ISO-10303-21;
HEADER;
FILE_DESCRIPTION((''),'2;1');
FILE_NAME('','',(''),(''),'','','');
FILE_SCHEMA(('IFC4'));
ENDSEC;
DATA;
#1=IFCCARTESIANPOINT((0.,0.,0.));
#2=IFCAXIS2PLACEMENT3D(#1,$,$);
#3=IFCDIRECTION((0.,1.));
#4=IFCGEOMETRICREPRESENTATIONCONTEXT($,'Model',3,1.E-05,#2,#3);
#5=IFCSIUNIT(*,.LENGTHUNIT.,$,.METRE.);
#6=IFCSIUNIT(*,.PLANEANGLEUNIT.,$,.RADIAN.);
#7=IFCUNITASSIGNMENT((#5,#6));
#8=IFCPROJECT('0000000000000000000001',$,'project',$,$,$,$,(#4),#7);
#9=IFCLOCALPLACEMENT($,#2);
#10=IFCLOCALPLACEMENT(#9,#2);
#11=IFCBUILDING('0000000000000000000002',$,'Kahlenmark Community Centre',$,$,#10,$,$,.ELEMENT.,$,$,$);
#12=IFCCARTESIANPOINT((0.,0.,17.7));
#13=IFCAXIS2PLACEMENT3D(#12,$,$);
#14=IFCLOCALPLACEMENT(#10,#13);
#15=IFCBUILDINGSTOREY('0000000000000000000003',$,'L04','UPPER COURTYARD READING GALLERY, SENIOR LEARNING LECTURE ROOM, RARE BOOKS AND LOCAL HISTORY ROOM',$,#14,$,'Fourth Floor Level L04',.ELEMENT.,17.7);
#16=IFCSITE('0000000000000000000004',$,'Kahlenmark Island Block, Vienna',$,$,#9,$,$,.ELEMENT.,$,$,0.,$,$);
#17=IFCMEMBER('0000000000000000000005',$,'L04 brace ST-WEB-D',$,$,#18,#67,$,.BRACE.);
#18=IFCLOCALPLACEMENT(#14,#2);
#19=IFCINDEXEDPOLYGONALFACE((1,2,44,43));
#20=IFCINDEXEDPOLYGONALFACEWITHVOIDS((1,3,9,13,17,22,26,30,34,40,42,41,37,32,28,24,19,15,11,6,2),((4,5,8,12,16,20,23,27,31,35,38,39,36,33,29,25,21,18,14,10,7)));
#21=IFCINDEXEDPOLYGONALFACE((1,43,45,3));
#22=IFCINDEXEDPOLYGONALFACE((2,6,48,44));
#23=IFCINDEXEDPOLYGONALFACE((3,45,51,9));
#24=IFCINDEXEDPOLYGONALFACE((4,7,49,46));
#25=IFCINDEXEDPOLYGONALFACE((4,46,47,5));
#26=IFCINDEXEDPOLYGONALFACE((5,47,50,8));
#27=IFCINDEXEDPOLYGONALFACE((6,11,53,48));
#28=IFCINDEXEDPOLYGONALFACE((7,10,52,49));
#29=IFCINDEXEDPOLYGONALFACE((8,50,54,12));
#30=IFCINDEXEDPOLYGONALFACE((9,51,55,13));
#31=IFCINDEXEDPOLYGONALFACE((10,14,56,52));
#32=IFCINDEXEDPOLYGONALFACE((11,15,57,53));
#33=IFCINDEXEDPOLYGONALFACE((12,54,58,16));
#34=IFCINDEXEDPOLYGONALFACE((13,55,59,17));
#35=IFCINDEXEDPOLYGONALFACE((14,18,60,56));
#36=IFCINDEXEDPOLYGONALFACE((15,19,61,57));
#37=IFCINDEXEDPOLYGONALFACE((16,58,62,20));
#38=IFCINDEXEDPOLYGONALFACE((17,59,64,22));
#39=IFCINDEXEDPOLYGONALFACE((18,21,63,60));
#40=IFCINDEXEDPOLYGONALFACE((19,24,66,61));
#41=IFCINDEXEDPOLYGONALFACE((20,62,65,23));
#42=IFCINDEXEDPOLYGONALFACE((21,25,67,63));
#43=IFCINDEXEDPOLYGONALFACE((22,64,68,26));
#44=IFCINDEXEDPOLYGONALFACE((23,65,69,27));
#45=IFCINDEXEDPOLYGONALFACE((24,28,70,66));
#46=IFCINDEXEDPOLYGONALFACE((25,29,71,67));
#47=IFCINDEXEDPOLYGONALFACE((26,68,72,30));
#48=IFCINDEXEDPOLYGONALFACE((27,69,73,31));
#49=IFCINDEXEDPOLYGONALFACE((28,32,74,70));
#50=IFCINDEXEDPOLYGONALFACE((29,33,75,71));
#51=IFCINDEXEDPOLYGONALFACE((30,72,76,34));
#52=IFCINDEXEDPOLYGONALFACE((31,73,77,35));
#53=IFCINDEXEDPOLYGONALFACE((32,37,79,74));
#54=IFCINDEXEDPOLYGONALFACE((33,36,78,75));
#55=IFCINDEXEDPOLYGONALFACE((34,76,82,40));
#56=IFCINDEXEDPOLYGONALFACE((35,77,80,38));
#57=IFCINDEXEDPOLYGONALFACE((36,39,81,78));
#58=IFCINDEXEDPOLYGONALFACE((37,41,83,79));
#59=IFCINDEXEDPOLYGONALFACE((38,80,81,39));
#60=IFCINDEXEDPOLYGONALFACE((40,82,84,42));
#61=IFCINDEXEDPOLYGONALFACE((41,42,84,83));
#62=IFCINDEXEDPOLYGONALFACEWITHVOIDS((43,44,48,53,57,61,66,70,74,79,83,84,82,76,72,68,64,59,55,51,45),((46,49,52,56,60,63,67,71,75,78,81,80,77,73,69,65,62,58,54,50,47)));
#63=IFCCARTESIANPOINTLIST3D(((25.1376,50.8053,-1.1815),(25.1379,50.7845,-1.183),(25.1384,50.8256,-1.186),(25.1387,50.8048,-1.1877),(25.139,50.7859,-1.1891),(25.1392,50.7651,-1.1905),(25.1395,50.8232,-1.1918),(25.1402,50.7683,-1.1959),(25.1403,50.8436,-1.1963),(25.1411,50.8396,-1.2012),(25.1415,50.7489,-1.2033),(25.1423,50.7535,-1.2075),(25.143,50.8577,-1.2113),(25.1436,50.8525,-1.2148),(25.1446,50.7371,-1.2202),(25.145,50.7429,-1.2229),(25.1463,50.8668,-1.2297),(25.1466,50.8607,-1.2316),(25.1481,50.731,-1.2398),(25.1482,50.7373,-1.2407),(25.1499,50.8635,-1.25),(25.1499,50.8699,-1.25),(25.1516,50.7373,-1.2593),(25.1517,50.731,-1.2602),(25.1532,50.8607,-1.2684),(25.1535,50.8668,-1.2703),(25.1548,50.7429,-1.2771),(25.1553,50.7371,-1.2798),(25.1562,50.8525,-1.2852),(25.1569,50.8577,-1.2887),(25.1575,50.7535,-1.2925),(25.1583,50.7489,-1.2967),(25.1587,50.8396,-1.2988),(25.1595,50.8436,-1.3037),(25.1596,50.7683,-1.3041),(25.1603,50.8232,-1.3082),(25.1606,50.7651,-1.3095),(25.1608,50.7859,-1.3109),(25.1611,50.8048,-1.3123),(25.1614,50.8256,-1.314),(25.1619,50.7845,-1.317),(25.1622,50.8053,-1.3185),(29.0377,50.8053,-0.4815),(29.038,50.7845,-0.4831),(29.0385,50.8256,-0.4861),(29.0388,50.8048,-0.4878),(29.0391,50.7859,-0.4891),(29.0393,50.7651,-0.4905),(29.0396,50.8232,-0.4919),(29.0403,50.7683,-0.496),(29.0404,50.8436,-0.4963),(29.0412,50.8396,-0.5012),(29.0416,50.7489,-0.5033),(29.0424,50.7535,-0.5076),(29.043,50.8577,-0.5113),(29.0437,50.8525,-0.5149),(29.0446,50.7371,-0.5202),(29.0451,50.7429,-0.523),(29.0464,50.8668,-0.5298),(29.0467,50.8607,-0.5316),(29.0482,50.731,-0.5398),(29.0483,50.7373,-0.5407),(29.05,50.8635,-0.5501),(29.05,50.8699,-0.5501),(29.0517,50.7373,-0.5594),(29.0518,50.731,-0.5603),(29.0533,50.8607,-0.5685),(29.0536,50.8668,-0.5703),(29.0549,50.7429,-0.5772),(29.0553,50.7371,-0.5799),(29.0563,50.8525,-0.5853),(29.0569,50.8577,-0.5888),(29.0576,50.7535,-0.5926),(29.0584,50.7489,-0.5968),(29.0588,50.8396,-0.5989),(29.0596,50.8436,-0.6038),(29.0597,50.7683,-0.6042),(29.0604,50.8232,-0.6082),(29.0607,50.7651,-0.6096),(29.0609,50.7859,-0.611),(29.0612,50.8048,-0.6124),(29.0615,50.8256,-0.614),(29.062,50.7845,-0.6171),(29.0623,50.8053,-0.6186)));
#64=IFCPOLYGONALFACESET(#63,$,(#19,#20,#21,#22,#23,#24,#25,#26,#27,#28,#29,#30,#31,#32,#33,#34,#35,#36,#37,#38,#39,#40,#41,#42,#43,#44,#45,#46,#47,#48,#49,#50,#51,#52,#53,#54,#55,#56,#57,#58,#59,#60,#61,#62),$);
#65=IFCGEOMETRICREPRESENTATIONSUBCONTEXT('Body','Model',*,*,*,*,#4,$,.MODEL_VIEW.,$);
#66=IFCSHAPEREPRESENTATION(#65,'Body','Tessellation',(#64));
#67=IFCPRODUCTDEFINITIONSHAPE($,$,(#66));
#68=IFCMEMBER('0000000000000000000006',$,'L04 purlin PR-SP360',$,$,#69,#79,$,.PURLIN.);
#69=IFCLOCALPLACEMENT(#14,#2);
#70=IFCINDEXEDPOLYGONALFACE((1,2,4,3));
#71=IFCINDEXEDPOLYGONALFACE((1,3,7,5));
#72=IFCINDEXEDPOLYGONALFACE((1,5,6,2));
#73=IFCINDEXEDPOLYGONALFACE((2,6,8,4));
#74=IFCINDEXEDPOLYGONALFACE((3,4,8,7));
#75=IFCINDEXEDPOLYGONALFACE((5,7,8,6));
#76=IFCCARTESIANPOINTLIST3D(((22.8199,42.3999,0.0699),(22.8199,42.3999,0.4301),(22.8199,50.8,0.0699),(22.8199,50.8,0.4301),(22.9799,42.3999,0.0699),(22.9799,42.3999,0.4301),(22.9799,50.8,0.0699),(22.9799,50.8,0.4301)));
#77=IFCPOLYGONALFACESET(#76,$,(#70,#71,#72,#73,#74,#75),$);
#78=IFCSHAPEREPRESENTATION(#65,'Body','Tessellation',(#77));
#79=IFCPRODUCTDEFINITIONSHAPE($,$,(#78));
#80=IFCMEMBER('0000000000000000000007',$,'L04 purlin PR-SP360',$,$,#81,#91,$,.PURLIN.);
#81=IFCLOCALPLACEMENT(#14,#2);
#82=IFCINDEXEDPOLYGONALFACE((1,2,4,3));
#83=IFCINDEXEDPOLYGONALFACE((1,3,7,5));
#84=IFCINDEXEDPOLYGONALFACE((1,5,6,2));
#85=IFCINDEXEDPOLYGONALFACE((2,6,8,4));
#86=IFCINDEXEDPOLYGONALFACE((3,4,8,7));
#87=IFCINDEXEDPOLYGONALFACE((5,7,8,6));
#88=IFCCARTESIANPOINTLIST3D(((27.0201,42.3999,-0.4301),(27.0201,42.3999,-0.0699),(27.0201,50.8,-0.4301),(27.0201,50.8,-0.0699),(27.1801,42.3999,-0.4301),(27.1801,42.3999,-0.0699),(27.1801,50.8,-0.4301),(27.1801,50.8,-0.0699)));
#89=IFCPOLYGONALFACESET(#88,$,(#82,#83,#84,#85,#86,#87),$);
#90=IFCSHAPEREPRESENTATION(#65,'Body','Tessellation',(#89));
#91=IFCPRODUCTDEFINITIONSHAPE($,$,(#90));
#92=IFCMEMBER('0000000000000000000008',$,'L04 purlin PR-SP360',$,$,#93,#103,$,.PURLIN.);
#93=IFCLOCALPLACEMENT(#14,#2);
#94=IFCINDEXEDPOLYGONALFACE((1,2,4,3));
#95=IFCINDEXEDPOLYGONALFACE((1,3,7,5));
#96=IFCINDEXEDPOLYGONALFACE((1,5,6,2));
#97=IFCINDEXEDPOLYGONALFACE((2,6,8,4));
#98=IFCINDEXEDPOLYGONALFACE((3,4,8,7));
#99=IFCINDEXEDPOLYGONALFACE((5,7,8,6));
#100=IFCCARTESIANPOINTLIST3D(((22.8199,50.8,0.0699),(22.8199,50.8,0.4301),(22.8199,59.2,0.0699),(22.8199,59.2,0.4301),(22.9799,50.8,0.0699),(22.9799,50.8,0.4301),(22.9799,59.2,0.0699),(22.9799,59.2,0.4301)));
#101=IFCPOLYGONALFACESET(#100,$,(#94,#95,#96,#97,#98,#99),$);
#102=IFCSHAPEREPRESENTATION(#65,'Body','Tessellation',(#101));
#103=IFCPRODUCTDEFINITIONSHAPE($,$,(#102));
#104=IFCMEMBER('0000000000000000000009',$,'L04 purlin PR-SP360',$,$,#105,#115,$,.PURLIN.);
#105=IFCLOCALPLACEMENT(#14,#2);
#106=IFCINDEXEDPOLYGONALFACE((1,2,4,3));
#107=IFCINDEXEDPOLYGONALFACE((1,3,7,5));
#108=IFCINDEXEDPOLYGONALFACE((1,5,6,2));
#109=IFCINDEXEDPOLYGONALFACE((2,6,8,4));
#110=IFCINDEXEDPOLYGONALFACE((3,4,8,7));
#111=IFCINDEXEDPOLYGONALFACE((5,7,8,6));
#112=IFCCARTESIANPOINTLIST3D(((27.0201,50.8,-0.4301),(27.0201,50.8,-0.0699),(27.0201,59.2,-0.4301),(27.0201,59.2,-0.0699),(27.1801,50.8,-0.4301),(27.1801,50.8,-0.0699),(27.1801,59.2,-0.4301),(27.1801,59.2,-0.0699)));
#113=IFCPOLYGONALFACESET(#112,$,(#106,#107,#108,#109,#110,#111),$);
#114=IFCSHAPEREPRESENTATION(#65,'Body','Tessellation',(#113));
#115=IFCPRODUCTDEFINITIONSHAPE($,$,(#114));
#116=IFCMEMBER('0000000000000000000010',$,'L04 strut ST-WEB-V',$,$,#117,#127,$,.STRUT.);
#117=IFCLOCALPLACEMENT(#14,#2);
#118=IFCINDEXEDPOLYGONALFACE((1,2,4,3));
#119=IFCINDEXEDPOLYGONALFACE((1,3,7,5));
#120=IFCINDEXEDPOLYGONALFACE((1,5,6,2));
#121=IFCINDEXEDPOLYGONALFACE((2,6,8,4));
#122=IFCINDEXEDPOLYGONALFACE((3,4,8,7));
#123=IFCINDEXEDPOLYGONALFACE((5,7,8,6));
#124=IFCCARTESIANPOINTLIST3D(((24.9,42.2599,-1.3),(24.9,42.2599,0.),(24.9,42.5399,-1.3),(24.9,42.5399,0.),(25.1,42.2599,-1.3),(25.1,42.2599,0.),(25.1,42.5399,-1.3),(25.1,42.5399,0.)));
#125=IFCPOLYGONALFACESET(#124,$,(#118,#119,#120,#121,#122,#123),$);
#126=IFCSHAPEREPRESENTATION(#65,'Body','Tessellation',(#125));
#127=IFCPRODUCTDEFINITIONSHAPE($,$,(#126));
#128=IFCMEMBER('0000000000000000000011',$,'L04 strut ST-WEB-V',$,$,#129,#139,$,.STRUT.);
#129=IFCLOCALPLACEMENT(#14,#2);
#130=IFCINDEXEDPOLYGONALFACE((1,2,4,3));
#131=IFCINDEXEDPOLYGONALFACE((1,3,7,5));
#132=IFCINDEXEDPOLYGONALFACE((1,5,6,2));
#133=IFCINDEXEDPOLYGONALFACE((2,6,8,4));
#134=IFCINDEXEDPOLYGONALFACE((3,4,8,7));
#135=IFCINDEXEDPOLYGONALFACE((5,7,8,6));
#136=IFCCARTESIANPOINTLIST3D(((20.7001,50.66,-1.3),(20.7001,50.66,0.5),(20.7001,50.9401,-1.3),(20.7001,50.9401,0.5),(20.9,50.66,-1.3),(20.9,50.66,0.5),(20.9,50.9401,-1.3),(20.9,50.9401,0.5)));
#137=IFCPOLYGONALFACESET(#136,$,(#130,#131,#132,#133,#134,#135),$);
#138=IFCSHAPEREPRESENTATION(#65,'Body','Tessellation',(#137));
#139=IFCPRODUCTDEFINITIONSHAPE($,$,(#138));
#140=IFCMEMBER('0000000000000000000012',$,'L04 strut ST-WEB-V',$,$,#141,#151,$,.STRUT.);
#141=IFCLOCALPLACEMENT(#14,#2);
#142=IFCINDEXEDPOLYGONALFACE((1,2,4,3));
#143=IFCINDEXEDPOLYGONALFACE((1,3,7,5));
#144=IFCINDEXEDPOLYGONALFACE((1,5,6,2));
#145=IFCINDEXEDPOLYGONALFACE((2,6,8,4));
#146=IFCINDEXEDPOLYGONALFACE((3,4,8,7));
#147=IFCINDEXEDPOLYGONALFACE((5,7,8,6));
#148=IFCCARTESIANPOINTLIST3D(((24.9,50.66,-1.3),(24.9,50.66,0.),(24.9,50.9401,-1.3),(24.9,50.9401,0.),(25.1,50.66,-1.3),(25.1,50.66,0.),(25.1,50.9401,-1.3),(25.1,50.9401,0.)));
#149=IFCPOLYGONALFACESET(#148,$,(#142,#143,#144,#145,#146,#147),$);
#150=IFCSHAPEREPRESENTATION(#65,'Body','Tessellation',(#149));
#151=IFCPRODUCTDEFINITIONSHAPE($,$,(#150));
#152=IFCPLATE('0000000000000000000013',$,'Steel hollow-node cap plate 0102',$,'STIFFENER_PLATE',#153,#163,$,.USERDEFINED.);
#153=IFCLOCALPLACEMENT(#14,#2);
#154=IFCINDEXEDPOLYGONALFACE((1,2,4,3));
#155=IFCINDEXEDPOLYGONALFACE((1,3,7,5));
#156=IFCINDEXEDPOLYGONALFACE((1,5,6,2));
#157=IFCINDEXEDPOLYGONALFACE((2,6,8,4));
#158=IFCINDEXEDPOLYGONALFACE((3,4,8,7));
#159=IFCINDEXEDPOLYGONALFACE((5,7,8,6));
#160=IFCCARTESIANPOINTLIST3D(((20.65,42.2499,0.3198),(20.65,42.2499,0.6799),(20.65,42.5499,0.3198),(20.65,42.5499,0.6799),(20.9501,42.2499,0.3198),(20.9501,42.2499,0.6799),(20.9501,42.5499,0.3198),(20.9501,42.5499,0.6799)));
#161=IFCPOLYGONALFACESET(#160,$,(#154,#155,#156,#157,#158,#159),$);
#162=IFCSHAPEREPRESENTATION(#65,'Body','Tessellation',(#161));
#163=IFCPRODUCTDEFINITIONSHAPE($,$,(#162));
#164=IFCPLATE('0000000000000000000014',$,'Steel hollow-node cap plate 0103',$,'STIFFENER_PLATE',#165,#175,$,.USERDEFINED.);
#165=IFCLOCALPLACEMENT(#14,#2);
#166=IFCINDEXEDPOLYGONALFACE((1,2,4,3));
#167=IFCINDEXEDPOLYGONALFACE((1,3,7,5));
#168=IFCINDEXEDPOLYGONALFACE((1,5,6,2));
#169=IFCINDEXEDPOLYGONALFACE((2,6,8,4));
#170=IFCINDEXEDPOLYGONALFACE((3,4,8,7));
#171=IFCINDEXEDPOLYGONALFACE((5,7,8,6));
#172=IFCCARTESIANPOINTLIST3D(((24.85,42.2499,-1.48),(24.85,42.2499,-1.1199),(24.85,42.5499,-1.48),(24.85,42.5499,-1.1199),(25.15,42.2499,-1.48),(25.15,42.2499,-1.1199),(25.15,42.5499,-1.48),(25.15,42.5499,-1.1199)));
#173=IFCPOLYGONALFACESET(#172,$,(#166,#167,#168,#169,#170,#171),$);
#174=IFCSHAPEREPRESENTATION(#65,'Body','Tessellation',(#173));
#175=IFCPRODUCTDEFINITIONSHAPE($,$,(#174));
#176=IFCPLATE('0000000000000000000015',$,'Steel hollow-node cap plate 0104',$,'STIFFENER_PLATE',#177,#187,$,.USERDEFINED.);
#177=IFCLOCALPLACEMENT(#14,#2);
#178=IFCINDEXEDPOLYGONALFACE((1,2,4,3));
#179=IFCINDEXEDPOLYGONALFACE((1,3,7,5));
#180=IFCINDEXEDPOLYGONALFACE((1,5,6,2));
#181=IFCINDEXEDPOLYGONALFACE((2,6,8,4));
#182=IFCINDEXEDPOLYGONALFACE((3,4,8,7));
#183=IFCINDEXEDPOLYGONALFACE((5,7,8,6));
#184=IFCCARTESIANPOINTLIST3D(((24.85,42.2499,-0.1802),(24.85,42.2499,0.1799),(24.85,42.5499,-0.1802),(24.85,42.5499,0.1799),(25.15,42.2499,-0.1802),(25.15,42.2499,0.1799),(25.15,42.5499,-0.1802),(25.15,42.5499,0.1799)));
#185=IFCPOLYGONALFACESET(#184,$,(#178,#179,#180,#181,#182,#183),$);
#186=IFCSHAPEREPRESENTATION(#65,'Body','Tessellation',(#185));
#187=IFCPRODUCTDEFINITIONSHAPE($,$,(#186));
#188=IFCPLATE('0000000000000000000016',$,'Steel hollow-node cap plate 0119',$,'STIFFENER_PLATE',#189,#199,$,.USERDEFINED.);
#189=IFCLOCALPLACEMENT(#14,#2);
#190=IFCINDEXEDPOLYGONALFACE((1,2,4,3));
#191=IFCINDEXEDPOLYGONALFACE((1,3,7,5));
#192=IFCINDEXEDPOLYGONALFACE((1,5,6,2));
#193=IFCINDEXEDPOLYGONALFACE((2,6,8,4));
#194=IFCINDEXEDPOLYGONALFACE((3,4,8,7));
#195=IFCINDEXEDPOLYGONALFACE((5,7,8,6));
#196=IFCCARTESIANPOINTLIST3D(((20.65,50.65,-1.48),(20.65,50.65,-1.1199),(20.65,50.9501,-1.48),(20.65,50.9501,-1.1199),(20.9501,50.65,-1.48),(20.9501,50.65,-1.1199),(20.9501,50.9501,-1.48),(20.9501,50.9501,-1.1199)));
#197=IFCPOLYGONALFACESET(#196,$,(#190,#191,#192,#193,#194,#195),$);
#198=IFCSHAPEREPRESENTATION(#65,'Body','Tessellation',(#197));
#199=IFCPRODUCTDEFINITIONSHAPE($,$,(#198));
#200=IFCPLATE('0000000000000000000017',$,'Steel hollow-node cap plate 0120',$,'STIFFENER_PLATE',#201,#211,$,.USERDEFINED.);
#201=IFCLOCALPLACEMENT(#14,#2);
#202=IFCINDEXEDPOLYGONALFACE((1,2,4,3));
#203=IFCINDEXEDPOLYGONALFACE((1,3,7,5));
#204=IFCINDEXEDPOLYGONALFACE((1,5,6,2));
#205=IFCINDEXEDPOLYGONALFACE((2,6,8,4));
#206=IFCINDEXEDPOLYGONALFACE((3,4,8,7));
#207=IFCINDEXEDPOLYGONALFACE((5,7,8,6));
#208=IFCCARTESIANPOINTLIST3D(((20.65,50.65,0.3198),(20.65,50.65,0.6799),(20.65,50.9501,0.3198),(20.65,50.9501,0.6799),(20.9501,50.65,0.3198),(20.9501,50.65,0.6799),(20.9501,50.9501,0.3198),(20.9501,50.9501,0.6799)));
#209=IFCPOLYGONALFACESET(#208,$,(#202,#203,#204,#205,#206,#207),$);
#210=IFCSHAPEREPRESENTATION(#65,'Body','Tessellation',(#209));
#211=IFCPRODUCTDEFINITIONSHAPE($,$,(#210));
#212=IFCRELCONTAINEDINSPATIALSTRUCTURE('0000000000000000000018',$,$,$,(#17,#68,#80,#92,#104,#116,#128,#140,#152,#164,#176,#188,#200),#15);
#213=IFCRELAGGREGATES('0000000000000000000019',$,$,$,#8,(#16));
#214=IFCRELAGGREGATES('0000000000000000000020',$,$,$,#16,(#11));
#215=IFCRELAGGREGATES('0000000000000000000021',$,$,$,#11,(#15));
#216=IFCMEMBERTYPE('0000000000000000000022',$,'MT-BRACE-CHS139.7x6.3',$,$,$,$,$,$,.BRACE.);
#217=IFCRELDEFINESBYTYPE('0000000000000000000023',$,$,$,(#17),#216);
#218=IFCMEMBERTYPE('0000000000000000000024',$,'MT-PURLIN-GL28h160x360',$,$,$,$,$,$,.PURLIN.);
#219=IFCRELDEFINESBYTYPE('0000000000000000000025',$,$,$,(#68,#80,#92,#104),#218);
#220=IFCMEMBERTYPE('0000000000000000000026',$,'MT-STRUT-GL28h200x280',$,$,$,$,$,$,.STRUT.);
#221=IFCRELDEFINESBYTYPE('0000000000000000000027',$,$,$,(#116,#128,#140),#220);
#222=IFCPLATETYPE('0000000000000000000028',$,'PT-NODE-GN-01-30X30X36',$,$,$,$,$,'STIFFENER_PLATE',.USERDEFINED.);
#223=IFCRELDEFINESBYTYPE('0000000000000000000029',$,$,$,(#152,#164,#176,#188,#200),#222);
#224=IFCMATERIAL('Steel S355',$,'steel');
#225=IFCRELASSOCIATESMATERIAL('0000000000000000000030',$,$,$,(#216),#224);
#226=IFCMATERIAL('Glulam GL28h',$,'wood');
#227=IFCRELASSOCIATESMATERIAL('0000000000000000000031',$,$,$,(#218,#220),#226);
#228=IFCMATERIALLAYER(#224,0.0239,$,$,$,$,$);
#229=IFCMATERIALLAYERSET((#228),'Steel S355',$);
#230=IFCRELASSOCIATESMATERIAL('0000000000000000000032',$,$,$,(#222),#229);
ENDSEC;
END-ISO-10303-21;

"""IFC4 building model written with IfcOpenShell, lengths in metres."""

from ifc_helpers import new_model, si_unit, direction, frame, origin, origin_2d, place, context, subcontext, project, spatial, rectangle, hollow_circle, extrude, material, layer, layer_set, material_profile, profile_set, type_object, element, save


model = new_model("IFC4")

# Units and contexts
model_context = context("Model", 3, precision=1e-05, world=origin(), true_north=direction((0.0, 1.0)))
body_context = subcontext(model_context, "Body", "Model", "MODEL_VIEW")
ifc_project = project(units=[si_unit("LENGTHUNIT", "METRE"), si_unit("PLANEANGLEUNIT", "RADIAN")], contexts=[model_context])

# Site, building, storey
site_placement = place(None, origin())
site = spatial("IfcSite", under=ifc_project, at=site_placement, Name="Kahlenmark Island Block, Vienna", CompositionType="ELEMENT", RefElevation=0.0)
building_placement = place(site_placement, origin())
building = spatial("IfcBuilding", under=site, at=building_placement, Name="Kahlenmark Community Centre", CompositionType="ELEMENT")
storey_placement = place(building_placement, frame((0.0, 0.0, 17.7)))
storey = spatial("IfcBuildingStorey", under=building, at=storey_placement, Name="L04", Description="UPPER COURTYARD READING GALLERY, SENIOR LEARNING LECTURE ROOM, RARE BOOKS AND LOCAL HISTORY ROOM", LongName="Fourth Floor Level L04", CompositionType="ELEMENT", Elevation=17.7)

# Members
ifc_material_1 = material(Name="Steel S355", Category="steel")
ifc_material_profile_1 = material_profile(ifc_material_1, hollow_circle(Radius=0.0698, WallThickness=0.0063, at=origin_2d()), Name="CHS 139.7x6.3")
ifc_profile_set_1 = profile_set([ifc_material_profile_1], Name="Steel S355")
member_type_1 = type_object("IfcMemberType", Name="MT-BRACE-CHS139.7x6.3", PredefinedType="BRACE", material=ifc_profile_set_1)
member_1_placement = place(storey_placement, frame((25.1499, 50.8, -1.25), z_axis=(0.984275, 0.0, 0.176646), x_axis=(0.0, 1.0, 0.0)))
element("IfcMember", 1, at=member_1_placement, inside=storey, type_object=member_type_1, Name="L04 brace ST-WEB-D", PredefinedType="BRACE", context=body_context, shape_type="SweptSolid", body=[
    extrude(hollow_circle(Radius=0.0698, WallThickness=0.0063, at=origin_2d()), origin(), (0.0, 0.0, 1.0), 3.9624),
])
ifc_material_2 = material(Name="Glulam GL28h", Category="wood")
ifc_material_profile_2 = material_profile(ifc_material_2, rectangle(XDim=0.1599, YDim=0.3601, at=origin_2d()), Name="GL28h 160x360")
ifc_profile_set_2 = profile_set([ifc_material_profile_2], Name="Glulam GL28h")
member_type_2 = type_object("IfcMemberType", Name="MT-PURLIN-GL28h160x360", PredefinedType="PURLIN", material=ifc_profile_set_2)
for number, where, z_axis, x_axis, name in (
    (2, (22.8999, 42.3999, 0.25), (0.0, 1.0, 0.0), (-1.0, 0.0, 0.0), "L04 purlin PR-SP360"),
    (3, (27.1001, 42.3999, -0.25), (0.0, 1.0, 0.0), (-1.0, 0.0, 0.0), "L04 purlin PR-SP360"),
):
    element("IfcMember", number, at=place(storey_placement, frame(where, z_axis=z_axis, x_axis=x_axis)), inside=storey, type_object=member_type_2, Name=name, PredefinedType="PURLIN", context=body_context, shape_type="SweptSolid", body=[
        extrude(rectangle(XDim=0.1599, YDim=0.3601, at=origin_2d()), origin(), (0.0, 0.0, 1.0), 8.4001),
    ])
for number, where, z_axis, x_axis, name in (
    (4, (22.8999, 50.8, 0.25), (0.0, 1.0, 0.0), (-1.0, 0.0, 0.0), "L04 purlin PR-SP360"),
    (5, (27.1001, 50.8, -0.25), (0.0, 1.0, 0.0), (-1.0, 0.0, 0.0), "L04 purlin PR-SP360"),
):
    element("IfcMember", number, at=place(storey_placement, frame(where, z_axis=z_axis, x_axis=x_axis)), inside=storey, type_object=member_type_2, Name=name, PredefinedType="PURLIN", context=body_context, shape_type="SweptSolid", body=[
        extrude(rectangle(XDim=0.1599, YDim=0.3601, at=origin_2d()), origin(), (0.0, 0.0, 1.0), 8.3999),
    ])
ifc_material_profile_3 = material_profile(ifc_material_2, rectangle(XDim=0.2, YDim=0.28, at=origin_2d()), Name="GL28h 200x280")
ifc_profile_set_3 = profile_set([ifc_material_profile_3], Name="Glulam GL28h")
member_type_3 = type_object("IfcMemberType", Name="MT-STRUT-GL28h200x280", PredefinedType="STRUT", material=ifc_profile_set_3)
member_2_placement = place(storey_placement, frame((25.0, 42.3999, -1.3), z_axis=(0.0, 0.0, 1.0), x_axis=(1.0, 0.0, 0.0)))
element("IfcMember", 6, at=member_2_placement, inside=storey, type_object=member_type_3, Name="L04 strut ST-WEB-V", PredefinedType="STRUT", context=body_context, shape_type="SweptSolid", body=[
    extrude(rectangle(XDim=0.2, YDim=0.28, at=origin_2d()), origin(), (0.0, 0.0, 1.0), 1.3),
])
member_3_placement = place(storey_placement, frame((20.8, 50.8, -1.3), z_axis=(0.0, 0.0, 1.0), x_axis=(1.0, 0.0, 0.0)))
element("IfcMember", 7, at=member_3_placement, inside=storey, type_object=member_type_3, Name="L04 strut ST-WEB-V", PredefinedType="STRUT", context=body_context, shape_type="SweptSolid", body=[
    extrude(rectangle(XDim=0.2, YDim=0.28, at=origin_2d()), origin(), (0.0, 0.0, 1.0), 1.8),
])
member_4_placement = place(storey_placement, frame((25.0, 50.8, -1.3), z_axis=(0.0, 0.0, 1.0), x_axis=(1.0, 0.0, 0.0)))
element("IfcMember", 8, at=member_4_placement, inside=storey, type_object=member_type_3, Name="L04 strut ST-WEB-V", PredefinedType="STRUT", context=body_context, shape_type="SweptSolid", body=[
    extrude(rectangle(XDim=0.2, YDim=0.28, at=origin_2d()), origin(), (0.0, 0.0, 1.0), 1.3),
])

# Plates
ifc_layer_1 = layer(ifc_material_1, 0.0239)
ifc_layer_set_1 = layer_set([ifc_layer_1], Name="Steel S355")
plate_type_1 = type_object("IfcPlateType", Name="PT-NODE-GN-01-30X30X36", ElementType="STIFFENER_PLATE", PredefinedType="USERDEFINED", material=ifc_layer_set_1)
for number, where, z_axis, x_axis, name in (
    (9, (20.8, 42.3999, 0.3198), (0.0, 0.0, 1.0), (1.0, 0.0, 0.0), "Steel hollow-node cap plate 0102"),
    (10, (25.0, 42.3999, -1.48), (0.0, 0.0, 1.0), (1.0, 0.0, 0.0), "Steel hollow-node cap plate 0103"),
    (11, (25.0, 42.3999, -0.1802), (0.0, 0.0, 1.0), (1.0, 0.0, 0.0), "Steel hollow-node cap plate 0104"),
    (12, (20.8, 50.8, -1.48), (0.0, 0.0, 1.0), (1.0, 0.0, 0.0), "Steel hollow-node cap plate 0119"),
    (13, (20.8, 50.8, 0.3198), (0.0, 0.0, 1.0), (1.0, 0.0, 0.0), "Steel hollow-node cap plate 0120"),
):
    element("IfcPlate", number, at=place(storey_placement, frame(where, z_axis=z_axis, x_axis=x_axis)), inside=storey, type_object=plate_type_1, Name=name, ObjectType="STIFFENER_PLATE", PredefinedType="USERDEFINED", context=body_context, shape_type="SweptSolid", body=[
        extrude(rectangle(XDim=0.3, YDim=0.3, at=origin_2d()), origin(), (0.0, 0.0, 1.0), 0.3601),
    ])

save(model, "model.ifc")
